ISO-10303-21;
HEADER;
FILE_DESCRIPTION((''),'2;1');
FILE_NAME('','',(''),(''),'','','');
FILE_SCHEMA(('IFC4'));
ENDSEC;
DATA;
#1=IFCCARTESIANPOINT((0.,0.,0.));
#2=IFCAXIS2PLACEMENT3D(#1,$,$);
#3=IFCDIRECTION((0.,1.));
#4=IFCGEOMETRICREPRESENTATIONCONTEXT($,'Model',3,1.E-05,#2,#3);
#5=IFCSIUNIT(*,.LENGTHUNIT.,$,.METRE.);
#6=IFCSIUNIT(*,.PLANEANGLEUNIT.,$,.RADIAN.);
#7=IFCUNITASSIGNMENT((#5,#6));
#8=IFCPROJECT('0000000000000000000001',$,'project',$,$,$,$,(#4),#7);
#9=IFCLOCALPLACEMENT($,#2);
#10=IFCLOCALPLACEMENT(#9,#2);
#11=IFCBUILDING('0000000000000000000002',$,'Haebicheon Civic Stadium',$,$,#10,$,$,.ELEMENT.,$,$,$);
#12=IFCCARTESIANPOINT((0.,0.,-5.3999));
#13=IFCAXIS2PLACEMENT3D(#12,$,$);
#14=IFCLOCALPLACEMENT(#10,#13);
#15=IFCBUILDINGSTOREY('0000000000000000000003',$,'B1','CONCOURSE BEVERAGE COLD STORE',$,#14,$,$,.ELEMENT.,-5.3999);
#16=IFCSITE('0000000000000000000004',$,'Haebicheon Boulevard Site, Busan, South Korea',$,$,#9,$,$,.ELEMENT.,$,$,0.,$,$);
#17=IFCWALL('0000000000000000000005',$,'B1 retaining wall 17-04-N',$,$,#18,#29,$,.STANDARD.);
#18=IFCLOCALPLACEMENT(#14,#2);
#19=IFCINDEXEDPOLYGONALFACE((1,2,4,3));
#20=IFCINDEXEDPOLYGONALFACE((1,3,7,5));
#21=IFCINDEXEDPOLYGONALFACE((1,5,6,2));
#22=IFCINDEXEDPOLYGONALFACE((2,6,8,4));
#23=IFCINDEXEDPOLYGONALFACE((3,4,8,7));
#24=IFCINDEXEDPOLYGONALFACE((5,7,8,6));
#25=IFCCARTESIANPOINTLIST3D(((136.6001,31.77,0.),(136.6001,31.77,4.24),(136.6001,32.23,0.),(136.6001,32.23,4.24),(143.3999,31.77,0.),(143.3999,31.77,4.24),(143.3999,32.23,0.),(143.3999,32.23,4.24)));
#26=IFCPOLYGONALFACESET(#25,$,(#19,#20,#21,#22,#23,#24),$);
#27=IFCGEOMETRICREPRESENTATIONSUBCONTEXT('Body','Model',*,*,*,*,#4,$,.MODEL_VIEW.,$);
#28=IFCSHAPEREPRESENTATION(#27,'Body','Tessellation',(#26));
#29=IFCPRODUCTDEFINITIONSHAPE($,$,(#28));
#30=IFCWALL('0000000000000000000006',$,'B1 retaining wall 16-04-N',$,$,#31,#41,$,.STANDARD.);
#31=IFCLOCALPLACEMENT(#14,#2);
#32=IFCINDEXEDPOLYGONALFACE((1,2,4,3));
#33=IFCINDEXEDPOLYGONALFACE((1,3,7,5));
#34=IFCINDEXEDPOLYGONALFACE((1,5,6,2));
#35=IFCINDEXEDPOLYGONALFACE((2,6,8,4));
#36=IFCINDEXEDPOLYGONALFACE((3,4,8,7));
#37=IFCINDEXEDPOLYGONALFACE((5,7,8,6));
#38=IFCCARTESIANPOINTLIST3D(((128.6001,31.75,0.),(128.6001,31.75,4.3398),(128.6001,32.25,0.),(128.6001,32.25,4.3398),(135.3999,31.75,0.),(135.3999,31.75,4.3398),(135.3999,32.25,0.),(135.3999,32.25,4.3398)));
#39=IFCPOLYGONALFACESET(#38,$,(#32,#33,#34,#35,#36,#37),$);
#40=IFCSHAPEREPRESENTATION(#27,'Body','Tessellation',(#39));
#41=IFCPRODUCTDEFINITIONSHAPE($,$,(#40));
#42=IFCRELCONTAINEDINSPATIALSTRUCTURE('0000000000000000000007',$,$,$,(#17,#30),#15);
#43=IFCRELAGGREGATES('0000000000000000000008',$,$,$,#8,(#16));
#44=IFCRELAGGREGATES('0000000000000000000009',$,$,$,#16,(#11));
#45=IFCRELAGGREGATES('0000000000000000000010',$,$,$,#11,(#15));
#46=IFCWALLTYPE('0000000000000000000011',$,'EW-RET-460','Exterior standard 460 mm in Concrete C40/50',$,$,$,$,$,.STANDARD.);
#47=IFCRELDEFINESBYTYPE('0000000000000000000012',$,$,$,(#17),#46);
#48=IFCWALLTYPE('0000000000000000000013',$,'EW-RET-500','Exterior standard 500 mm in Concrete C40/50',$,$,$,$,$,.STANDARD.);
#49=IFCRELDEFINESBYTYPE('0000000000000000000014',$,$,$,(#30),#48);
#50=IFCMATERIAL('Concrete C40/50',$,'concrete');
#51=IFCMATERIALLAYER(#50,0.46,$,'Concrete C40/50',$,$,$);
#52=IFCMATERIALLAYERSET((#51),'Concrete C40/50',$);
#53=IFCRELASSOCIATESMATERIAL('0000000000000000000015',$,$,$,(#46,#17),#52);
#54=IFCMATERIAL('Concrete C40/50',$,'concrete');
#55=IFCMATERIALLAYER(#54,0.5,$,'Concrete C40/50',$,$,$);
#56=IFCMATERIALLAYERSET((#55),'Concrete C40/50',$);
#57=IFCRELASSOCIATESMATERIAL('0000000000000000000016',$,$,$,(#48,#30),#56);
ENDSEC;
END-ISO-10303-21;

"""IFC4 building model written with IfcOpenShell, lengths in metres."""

from ifc_helpers import new_model, si_unit, direction, frame, frame_2d, origin, place, context, subcontext, project, spatial, rectangle, extrude, material, layer, layer_set, type_object, element, save


model = new_model("IFC4")

# Units and contexts
model_context = context("Model", 3, precision=1e-05, world=origin(), true_north=direction((0.0, 1.0)))
body_context = subcontext(model_context, "Body", "Model", "MODEL_VIEW")
ifc_project = project(units=[si_unit("LENGTHUNIT", "METRE"), si_unit("PLANEANGLEUNIT", "RADIAN")], contexts=[model_context])

# Site, building, storey
site_placement = place(None, origin())
site = spatial("IfcSite", under=ifc_project, at=site_placement, Name="Haebicheon Boulevard Site, Busan, South Korea", CompositionType="ELEMENT", RefElevation=0.0)
building_placement = place(site_placement, origin())
building = spatial("IfcBuilding", under=site, at=building_placement, Name="Haebicheon Civic Stadium", CompositionType="ELEMENT")
storey_placement = place(building_placement, frame((0.0, 0.0, -5.3999)))
storey = spatial("IfcBuildingStorey", under=building, at=storey_placement, Name="B1", Description="CONCOURSE BEVERAGE COLD STORE", CompositionType="ELEMENT", Elevation=-5.3999)

# Walls
ifc_material_1 = material(Name="Concrete C40/50", Category="concrete")
ifc_layer_1 = layer(ifc_material_1, 0.46, Name="Concrete C40/50")
ifc_layer_set_1 = layer_set([ifc_layer_1], Name="Concrete C40/50")
wall_type_1 = type_object("IfcWallType", Name="EW-RET-460", Description="Exterior standard 460 mm in Concrete C40/50", PredefinedType="STANDARD", material=ifc_layer_set_1)
wall_1_placement = place(storey_placement, frame((136.6001, 32.0, 0.0), z_axis=(0.0, 0.0, 1.0), x_axis=(1.0, 0.0, 0.0)))
element("IfcWall", 1, at=wall_1_placement, inside=storey, type_object=wall_type_1, material=ifc_layer_set_1, Name="B1 retaining wall 17-04-N", PredefinedType="STANDARD", context=body_context, shape_type="SweptSolid", body=[
    extrude(rectangle(XDim=6.7998, YDim=0.46, at=frame_2d((3.3999, 0.0))), origin(), (0.0, 0.0, 1.0), 4.24),
])
ifc_material_2 = material(Name="Concrete C40/50", Category="concrete")
ifc_layer_2 = layer(ifc_material_2, 0.5, Name="Concrete C40/50")
ifc_layer_set_2 = layer_set([ifc_layer_2], Name="Concrete C40/50")
wall_type_2 = type_object("IfcWallType", Name="EW-RET-500", Description="Exterior standard 500 mm in Concrete C40/50", PredefinedType="STANDARD", material=ifc_layer_set_2)
wall_2_placement = place(storey_placement, frame((128.6001, 32.0, 0.0), z_axis=(0.0, 0.0, 1.0), x_axis=(1.0, 0.0, 0.0)))
element("IfcWall", 2, at=wall_2_placement, inside=storey, type_object=wall_type_2, material=ifc_layer_set_2, Name="B1 retaining wall 16-04-N", PredefinedType="STANDARD", context=body_context, shape_type="SweptSolid", body=[
    extrude(rectangle(XDim=6.7998, YDim=0.5, at=frame_2d((3.3999, 0.0))), origin(), (0.0, 0.0, 1.0), 4.3398),
])

save(model, "model.ifc")
